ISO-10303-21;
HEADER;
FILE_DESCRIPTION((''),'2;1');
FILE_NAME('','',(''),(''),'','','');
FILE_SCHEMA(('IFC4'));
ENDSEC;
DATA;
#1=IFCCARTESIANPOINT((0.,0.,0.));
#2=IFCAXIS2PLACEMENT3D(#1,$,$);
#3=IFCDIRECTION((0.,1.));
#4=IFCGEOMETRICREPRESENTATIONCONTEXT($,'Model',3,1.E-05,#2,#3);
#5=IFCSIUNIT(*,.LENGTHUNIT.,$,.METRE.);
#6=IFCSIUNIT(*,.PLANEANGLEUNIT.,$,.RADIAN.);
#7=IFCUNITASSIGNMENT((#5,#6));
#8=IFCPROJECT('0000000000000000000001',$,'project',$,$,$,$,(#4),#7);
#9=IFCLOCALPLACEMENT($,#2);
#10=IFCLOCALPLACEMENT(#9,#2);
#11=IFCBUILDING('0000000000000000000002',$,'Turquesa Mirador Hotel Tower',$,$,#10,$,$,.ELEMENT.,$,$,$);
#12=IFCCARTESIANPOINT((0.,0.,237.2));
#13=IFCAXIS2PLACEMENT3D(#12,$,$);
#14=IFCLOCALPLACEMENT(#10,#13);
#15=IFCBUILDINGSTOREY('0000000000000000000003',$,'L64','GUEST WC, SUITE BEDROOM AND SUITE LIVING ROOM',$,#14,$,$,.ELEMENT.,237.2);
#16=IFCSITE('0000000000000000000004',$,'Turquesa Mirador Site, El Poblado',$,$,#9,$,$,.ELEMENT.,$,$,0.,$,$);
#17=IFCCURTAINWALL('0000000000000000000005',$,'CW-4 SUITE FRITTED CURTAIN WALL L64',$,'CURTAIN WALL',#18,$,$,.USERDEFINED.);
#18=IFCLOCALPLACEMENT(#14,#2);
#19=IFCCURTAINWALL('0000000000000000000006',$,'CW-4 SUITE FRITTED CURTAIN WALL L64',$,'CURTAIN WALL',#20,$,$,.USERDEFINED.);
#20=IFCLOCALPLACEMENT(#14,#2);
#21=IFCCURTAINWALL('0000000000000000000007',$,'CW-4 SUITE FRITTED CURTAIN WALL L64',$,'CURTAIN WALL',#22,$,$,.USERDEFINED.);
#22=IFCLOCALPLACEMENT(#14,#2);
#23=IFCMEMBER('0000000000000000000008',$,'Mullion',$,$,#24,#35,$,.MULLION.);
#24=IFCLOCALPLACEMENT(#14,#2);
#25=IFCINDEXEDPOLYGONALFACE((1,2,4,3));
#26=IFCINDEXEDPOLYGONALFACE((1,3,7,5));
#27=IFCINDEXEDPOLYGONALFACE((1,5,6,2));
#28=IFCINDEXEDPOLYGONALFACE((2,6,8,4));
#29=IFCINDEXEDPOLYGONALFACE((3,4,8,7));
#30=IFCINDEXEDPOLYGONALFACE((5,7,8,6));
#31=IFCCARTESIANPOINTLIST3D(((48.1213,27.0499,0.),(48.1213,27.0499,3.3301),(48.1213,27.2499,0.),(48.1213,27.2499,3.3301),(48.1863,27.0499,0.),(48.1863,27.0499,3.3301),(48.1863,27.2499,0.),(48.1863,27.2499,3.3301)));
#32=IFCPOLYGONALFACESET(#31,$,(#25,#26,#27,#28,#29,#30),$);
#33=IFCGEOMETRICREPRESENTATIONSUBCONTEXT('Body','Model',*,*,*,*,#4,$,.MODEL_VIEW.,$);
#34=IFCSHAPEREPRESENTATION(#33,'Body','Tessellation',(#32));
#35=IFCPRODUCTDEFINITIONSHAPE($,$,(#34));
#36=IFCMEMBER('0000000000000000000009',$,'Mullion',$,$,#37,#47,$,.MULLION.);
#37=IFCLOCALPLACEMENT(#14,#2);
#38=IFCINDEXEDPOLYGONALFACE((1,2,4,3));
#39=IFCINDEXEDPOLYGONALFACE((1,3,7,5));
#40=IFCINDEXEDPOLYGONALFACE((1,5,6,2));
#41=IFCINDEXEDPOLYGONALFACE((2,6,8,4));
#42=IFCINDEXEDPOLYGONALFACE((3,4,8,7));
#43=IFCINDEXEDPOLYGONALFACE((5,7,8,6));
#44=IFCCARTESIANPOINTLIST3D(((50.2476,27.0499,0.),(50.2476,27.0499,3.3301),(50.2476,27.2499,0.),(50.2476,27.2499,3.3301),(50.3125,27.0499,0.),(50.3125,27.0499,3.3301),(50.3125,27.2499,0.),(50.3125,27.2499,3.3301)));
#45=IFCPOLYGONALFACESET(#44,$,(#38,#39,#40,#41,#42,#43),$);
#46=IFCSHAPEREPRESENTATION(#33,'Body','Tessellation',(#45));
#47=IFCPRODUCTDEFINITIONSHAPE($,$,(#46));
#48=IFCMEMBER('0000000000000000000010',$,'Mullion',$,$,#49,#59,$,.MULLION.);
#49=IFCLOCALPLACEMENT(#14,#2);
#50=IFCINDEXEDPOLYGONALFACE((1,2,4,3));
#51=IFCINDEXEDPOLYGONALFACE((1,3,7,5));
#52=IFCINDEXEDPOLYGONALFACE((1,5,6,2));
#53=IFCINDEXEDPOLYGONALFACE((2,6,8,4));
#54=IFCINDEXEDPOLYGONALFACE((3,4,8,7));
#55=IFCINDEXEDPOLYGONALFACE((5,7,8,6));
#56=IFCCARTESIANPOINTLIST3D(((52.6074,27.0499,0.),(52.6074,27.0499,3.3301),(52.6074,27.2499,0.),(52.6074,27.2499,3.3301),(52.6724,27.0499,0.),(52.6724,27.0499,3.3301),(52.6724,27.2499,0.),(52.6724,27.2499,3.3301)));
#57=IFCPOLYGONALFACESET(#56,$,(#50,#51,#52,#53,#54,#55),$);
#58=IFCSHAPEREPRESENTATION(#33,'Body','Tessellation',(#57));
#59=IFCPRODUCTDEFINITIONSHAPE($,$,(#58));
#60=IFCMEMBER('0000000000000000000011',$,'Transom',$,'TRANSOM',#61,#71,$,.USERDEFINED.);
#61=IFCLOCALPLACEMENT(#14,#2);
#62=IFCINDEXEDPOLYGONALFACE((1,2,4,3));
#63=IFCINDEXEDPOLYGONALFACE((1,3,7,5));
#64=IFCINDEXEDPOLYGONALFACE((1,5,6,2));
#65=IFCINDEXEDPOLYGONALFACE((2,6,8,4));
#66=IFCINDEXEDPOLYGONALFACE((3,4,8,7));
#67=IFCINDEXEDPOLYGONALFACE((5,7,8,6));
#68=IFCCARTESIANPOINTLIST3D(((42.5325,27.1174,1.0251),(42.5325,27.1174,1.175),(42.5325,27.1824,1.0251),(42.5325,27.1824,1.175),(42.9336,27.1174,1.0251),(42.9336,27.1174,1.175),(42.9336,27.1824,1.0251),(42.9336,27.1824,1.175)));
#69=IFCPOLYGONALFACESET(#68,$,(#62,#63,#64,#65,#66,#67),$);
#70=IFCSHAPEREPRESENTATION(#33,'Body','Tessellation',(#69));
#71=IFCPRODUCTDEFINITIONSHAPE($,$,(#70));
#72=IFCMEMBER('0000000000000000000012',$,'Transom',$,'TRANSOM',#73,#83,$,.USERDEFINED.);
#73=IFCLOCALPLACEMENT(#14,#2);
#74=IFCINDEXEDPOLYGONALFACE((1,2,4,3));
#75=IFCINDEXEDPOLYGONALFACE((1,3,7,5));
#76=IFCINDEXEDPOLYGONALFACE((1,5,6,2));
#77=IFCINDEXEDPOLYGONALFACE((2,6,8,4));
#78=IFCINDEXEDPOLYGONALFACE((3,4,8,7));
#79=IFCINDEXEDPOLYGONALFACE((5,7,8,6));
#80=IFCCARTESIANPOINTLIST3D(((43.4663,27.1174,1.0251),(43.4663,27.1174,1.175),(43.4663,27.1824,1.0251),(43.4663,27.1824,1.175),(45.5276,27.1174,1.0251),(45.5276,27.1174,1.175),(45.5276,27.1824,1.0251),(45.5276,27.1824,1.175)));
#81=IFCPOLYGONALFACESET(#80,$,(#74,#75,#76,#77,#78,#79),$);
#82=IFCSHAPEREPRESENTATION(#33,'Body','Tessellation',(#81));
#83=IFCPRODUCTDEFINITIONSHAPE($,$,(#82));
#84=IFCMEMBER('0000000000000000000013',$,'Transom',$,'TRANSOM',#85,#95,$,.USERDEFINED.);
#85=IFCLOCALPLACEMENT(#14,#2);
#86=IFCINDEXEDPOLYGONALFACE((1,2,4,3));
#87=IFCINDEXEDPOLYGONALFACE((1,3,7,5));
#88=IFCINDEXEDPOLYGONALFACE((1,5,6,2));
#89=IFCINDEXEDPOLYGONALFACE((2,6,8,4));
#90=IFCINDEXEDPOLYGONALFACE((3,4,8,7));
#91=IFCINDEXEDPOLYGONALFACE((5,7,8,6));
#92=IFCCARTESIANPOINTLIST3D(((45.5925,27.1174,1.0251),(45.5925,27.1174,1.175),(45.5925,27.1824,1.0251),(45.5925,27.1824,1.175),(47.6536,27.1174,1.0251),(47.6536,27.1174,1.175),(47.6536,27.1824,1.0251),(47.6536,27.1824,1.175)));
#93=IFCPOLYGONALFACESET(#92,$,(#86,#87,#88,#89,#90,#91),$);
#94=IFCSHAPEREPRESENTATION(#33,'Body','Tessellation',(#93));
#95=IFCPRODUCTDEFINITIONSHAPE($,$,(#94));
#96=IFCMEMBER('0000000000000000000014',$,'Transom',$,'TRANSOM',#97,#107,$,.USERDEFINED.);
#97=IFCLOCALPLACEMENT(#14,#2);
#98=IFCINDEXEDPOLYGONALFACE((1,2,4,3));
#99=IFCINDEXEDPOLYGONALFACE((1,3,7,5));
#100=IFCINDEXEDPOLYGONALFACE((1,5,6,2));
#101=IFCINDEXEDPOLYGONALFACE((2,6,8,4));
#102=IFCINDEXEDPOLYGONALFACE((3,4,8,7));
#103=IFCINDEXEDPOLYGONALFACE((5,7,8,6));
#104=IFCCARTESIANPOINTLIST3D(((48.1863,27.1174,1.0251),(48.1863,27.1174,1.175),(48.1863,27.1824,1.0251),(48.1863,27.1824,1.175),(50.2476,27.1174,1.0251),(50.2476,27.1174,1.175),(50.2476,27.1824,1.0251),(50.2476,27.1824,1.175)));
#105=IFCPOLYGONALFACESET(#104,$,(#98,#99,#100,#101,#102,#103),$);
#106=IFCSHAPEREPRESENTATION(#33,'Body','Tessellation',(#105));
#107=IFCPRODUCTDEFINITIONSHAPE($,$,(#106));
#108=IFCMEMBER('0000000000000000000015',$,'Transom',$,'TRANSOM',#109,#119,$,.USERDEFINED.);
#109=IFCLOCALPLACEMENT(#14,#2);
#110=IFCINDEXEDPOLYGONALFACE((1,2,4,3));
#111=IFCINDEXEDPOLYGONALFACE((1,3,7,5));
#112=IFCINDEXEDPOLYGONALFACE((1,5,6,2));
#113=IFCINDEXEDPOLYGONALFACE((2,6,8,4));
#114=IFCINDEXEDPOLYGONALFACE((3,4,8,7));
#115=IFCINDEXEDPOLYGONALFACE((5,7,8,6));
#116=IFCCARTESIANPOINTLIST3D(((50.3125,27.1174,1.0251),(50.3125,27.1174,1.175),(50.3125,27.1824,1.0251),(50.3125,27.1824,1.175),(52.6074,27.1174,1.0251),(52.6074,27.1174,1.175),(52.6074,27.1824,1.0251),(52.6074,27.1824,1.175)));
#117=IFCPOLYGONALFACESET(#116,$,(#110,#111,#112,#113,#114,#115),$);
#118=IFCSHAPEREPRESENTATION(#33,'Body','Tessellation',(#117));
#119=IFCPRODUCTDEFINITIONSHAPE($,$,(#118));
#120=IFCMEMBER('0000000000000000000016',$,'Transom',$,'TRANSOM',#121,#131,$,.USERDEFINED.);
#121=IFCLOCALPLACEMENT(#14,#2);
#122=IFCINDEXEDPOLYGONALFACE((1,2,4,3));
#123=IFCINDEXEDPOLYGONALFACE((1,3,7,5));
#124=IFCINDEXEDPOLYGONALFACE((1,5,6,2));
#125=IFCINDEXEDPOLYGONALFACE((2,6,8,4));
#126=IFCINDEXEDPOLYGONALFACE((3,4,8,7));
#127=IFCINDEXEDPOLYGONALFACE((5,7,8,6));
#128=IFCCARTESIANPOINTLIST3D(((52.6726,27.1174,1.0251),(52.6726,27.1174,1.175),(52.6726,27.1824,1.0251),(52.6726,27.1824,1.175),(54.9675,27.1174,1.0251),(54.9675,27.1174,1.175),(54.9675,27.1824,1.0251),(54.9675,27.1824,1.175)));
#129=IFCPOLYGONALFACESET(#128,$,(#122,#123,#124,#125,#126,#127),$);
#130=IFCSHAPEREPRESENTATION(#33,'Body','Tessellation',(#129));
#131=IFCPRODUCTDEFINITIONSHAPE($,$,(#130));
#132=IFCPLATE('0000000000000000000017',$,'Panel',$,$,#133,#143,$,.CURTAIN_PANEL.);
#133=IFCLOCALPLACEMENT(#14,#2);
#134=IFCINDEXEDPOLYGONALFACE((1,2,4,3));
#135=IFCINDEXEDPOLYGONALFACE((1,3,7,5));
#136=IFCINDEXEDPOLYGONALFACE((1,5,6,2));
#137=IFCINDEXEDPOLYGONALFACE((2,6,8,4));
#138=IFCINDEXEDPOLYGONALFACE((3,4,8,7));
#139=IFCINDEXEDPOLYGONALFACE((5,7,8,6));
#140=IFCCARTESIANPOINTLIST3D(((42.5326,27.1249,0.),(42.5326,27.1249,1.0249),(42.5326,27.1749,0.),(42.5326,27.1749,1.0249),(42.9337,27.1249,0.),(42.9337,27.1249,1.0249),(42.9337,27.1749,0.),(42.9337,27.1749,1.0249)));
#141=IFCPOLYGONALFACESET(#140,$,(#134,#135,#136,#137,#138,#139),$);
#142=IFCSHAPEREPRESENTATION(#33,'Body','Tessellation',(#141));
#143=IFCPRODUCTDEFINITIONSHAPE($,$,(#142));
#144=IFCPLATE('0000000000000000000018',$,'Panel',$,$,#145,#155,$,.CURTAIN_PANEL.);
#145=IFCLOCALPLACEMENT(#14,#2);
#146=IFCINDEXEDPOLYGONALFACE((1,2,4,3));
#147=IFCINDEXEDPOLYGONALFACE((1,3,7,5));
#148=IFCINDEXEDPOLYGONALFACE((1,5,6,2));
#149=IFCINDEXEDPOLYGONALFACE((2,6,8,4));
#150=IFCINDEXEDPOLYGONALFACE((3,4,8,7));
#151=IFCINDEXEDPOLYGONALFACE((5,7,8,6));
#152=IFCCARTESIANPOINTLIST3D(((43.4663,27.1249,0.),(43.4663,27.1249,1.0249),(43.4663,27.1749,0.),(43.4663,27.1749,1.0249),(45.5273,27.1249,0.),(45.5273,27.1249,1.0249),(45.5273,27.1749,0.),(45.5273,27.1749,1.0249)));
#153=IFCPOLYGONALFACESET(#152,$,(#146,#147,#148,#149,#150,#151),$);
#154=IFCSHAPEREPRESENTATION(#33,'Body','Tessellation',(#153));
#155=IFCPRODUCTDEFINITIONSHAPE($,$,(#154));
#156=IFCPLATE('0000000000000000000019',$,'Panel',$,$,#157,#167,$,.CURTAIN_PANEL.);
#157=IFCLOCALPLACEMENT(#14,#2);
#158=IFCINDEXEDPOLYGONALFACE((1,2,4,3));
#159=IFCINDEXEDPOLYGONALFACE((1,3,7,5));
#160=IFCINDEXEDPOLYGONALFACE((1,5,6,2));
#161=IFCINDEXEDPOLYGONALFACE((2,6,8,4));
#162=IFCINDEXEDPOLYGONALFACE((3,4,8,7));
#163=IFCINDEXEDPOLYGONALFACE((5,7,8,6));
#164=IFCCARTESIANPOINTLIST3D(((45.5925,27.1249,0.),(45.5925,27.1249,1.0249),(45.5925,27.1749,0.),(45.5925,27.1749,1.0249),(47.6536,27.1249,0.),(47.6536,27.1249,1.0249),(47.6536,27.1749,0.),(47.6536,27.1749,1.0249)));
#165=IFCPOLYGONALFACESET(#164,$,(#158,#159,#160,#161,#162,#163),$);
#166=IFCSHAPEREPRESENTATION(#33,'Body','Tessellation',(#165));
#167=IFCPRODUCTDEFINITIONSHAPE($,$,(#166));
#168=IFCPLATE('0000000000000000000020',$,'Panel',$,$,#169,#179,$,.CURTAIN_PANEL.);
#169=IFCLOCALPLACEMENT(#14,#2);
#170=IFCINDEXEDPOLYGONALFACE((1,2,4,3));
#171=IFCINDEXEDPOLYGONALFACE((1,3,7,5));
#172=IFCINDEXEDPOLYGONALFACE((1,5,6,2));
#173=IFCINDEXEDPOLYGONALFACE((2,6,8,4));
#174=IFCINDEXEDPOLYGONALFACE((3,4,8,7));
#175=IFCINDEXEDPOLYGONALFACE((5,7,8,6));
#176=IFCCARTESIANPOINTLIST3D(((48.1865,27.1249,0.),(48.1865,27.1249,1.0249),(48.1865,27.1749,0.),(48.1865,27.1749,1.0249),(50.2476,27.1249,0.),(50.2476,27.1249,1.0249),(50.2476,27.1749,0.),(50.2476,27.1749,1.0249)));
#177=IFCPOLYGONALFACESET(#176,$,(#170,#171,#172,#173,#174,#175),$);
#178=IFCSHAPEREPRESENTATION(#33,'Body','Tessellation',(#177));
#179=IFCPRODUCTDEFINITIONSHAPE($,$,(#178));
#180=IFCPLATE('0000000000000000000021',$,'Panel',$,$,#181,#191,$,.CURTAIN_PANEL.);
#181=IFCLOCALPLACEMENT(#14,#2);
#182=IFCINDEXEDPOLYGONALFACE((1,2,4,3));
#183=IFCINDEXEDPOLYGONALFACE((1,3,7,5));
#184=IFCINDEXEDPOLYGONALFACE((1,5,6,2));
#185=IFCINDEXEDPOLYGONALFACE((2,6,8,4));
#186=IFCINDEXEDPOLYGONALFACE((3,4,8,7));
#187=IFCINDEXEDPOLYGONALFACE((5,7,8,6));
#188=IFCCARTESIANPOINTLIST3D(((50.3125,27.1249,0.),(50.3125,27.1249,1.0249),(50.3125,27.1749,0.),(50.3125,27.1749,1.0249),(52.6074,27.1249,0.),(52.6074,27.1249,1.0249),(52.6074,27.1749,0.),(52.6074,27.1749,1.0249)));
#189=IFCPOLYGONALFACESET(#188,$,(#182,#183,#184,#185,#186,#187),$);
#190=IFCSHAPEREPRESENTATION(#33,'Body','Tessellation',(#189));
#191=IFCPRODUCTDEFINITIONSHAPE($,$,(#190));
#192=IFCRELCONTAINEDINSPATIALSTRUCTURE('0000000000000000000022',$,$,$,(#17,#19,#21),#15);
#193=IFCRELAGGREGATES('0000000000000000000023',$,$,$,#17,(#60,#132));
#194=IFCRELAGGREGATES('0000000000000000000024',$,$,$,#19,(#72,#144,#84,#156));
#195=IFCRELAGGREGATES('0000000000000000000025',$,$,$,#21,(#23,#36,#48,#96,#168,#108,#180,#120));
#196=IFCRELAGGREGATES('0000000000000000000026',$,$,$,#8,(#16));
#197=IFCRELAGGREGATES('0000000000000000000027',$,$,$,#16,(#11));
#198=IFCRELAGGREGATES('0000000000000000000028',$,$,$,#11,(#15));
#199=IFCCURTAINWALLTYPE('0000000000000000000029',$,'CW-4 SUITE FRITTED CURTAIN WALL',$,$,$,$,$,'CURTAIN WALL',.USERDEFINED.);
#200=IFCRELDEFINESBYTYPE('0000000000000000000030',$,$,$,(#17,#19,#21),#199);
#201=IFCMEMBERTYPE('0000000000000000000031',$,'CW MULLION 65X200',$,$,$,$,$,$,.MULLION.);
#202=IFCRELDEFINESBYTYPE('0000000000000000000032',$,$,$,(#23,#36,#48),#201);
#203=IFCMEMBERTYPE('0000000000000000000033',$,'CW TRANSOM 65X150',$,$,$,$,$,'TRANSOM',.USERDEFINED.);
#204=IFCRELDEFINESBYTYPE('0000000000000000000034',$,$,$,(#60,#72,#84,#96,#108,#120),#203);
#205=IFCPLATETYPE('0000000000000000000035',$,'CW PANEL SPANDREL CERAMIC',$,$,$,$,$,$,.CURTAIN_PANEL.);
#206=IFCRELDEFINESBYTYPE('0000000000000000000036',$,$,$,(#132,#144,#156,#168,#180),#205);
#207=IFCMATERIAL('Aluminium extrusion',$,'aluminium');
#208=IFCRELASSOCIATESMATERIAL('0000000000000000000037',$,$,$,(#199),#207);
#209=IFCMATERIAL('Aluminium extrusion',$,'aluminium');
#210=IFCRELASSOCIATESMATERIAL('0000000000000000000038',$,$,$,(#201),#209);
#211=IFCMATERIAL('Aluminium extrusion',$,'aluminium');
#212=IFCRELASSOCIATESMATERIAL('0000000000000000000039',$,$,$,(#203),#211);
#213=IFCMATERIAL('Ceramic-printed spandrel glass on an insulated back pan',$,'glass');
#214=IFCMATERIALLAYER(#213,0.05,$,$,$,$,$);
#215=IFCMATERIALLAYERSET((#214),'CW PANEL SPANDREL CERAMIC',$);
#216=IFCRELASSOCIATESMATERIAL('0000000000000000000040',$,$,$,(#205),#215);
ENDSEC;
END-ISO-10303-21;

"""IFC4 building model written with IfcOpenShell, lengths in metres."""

from ifc_helpers import new_model, si_unit, direction, frame, origin, origin_2d, place, context, subcontext, project, spatial, rectangle, extrude, material, layer, layer_set, material_profile, profile_set, type_object, element, aggregate, save


model = new_model("IFC4")

# Units and contexts
model_context = context("Model", 3, precision=1e-05, world=origin(), true_north=direction((0.0, 1.0)))
body_context = subcontext(model_context, "Body", "Model", "MODEL_VIEW")
ifc_project = project(units=[si_unit("LENGTHUNIT", "METRE"), si_unit("PLANEANGLEUNIT", "RADIAN")], contexts=[model_context])

# Site, building, storey
site_placement = place(None, origin())
site = spatial("IfcSite", under=ifc_project, at=site_placement, Name="Turquesa Mirador Site, El Poblado", CompositionType="ELEMENT", RefElevation=0.0)
building_placement = place(site_placement, origin())
building = spatial("IfcBuilding", under=site, at=building_placement, Name="Turquesa Mirador Hotel Tower", CompositionType="ELEMENT")
storey_placement = place(building_placement, frame((0.0, 0.0, 237.2)))
storey = spatial("IfcBuildingStorey", under=building, at=storey_placement, Name="L64", Description="GUEST WC, SUITE BEDROOM AND SUITE LIVING ROOM", CompositionType="ELEMENT", Elevation=237.2)

# Curtain walls, members
ifc_material_1 = material(Name="Aluminium extrusion", Category="aluminium")
curtain_wall_type = type_object("IfcCurtainWallType", Name="CW-4 SUITE FRITTED CURTAIN WALL", ElementType="CURTAIN WALL", PredefinedType="USERDEFINED", material=ifc_material_1)
curtain_wall_1_placement = place(storey_placement, origin())
curtain_wall_1 = element("IfcCurtainWall", 1, at=curtain_wall_1_placement, inside=storey, type_object=curtain_wall_type, Name="CW-4 SUITE FRITTED CURTAIN WALL L64", ObjectType="CURTAIN WALL", PredefinedType="USERDEFINED")
ifc_material_2 = material(Name="Aluminium extrusion", Category="aluminium")
ifc_material_profile_1 = material_profile(ifc_material_2, rectangle(XDim=0.0649, YDim=0.2, at=origin_2d()), Name="MULLION 65X200")
ifc_profile_set_1 = profile_set([ifc_material_profile_1], Name="Aluminium extrusion")
member_type_1 = type_object("IfcMemberType", Name="CW MULLION 65X200", PredefinedType="MULLION", material=ifc_profile_set_1)
curtain_wall_2_placement = place(storey_placement, origin())
curtain_wall_2 = element("IfcCurtainWall", 2, at=curtain_wall_2_placement, inside=storey, type_object=curtain_wall_type, Name="CW-4 SUITE FRITTED CURTAIN WALL L64", ObjectType="CURTAIN WALL", PredefinedType="USERDEFINED")
curtain_wall_3_placement = place(storey_placement, origin())
curtain_wall_3 = element("IfcCurtainWall", 3, at=curtain_wall_3_placement, inside=storey, type_object=curtain_wall_type, Name="CW-4 SUITE FRITTED CURTAIN WALL L64", ObjectType="CURTAIN WALL", PredefinedType="USERDEFINED")
member_1_placement = place(storey_placement, frame((48.1538, 27.1499, 0.0), z_axis=(0.0, 0.0, 1.0), x_axis=(1.0, 0.0, 0.0)))
member_1 = element("IfcMember", 4, at=member_1_placement, type_object=member_type_1, Name="Mullion", PredefinedType="MULLION", context=body_context, shape_type="SweptSolid", body=[
    extrude(rectangle(XDim=0.0649, YDim=0.2, at=origin_2d()), origin(), (0.0, 0.0, 1.0), 3.3301),
])
member_2_placement = place(storey_placement, frame((50.28, 27.1499, 0.0), z_axis=(0.0, 0.0, 1.0), x_axis=(1.0, 0.0, 0.0)))
member_2 = element("IfcMember", 5, at=member_2_placement, type_object=member_type_1, Name="Mullion", PredefinedType="MULLION", context=body_context, shape_type="SweptSolid", body=[
    extrude(rectangle(XDim=0.0649, YDim=0.2, at=origin_2d()), origin(), (0.0, 0.0, 1.0), 3.3301),
])
member_3_placement = place(storey_placement, frame((52.6399, 27.1499, 0.0), z_axis=(0.0, 0.0, 1.0), x_axis=(1.0, 0.0, 0.0)))
member_3 = element("IfcMember", 6, at=member_3_placement, type_object=member_type_1, Name="Mullion", PredefinedType="MULLION", context=body_context, shape_type="SweptSolid", body=[
    extrude(rectangle(XDim=0.0649, YDim=0.2, at=origin_2d()), origin(), (0.0, 0.0, 1.0), 3.3301),
])

# Members
ifc_material_3 = material(Name="Aluminium extrusion", Category="aluminium")
ifc_material_profile_2 = material_profile(ifc_material_3, rectangle(XDim=0.0649, YDim=0.1499, at=origin_2d()), Name="TRANSOM 65X150")
ifc_profile_set_2 = profile_set([ifc_material_profile_2], Name="Aluminium extrusion")
member_type_2 = type_object("IfcMemberType", Name="CW TRANSOM 65X150", ElementType="TRANSOM", PredefinedType="USERDEFINED", material=ifc_profile_set_2)
member_4_placement = place(storey_placement, frame((42.5325, 27.1499, 1.1001), z_axis=(1.0, 0.0, 0.0), x_axis=(0.0, 1.0, 0.0)))
member_4 = element("IfcMember", 7, at=member_4_placement, type_object=member_type_2, Name="Transom", ObjectType="TRANSOM", PredefinedType="USERDEFINED", context=body_context, shape_type="SweptSolid", body=[
    extrude(rectangle(XDim=0.0649, YDim=0.1499, at=origin_2d()), origin(), (0.0, 0.0, 1.0), 0.4011),
])
member_5_placement = place(storey_placement, frame((43.4663, 27.1499, 1.1001), z_axis=(1.0, 0.0, 0.0), x_axis=(0.0, 1.0, 0.0)))
member_5 = element("IfcMember", 8, at=member_5_placement, type_object=member_type_2, Name="Transom", ObjectType="TRANSOM", PredefinedType="USERDEFINED", context=body_context, shape_type="SweptSolid", body=[
    extrude(rectangle(XDim=0.0649, YDim=0.1499, at=origin_2d()), origin(), (0.0, 0.0, 1.0), 2.0613),
])
member_6_placement = place(storey_placement, frame((45.5925, 27.1499, 1.1001), z_axis=(1.0, 0.0, 0.0), x_axis=(0.0, 1.0, 0.0)))
member_6 = element("IfcMember", 9, at=member_6_placement, type_object=member_type_2, Name="Transom", ObjectType="TRANSOM", PredefinedType="USERDEFINED", context=body_context, shape_type="SweptSolid", body=[
    extrude(rectangle(XDim=0.0649, YDim=0.1499, at=origin_2d()), origin(), (0.0, 0.0, 1.0), 2.061),
])
member_7_placement = place(storey_placement, frame((48.1863, 27.1499, 1.1001), z_axis=(1.0, 0.0, 0.0), x_axis=(0.0, 1.0, 0.0)))
member_7 = element("IfcMember", 10, at=member_7_placement, type_object=member_type_2, Name="Transom", ObjectType="TRANSOM", PredefinedType="USERDEFINED", context=body_context, shape_type="SweptSolid", body=[
    extrude(rectangle(XDim=0.0649, YDim=0.1499, at=origin_2d()), origin(), (0.0, 0.0, 1.0), 2.0613),
])
member_8_placement = place(storey_placement, frame((50.3125, 27.1499, 1.1001), z_axis=(1.0, 0.0, 0.0), x_axis=(0.0, 1.0, 0.0)))
member_8 = element("IfcMember", 11, at=member_8_placement, type_object=member_type_2, Name="Transom", ObjectType="TRANSOM", PredefinedType="USERDEFINED", context=body_context, shape_type="SweptSolid", body=[
    extrude(rectangle(XDim=0.0649, YDim=0.1499, at=origin_2d()), origin(), (0.0, 0.0, 1.0), 2.2949),
])
member_9_placement = place(storey_placement, frame((52.6726, 27.1499, 1.1001), z_axis=(1.0, 0.0, 0.0), x_axis=(0.0, 1.0, 0.0)))
member_9 = element("IfcMember", 12, at=member_9_placement, type_object=member_type_2, Name="Transom", ObjectType="TRANSOM", PredefinedType="USERDEFINED", context=body_context, shape_type="SweptSolid", body=[
    extrude(rectangle(XDim=0.0649, YDim=0.1499, at=origin_2d()), origin(), (0.0, 0.0, 1.0), 2.2949),
])

# Plates
ifc_material_4 = material(Name="Ceramic-printed spandrel glass on an insulated back pan", Category="glass")
ifc_layer_1 = layer(ifc_material_4, 0.05)
ifc_layer_set_1 = layer_set([ifc_layer_1], Name="CW PANEL SPANDREL CERAMIC")
plate_type_1 = type_object("IfcPlateType", Name="CW PANEL SPANDREL CERAMIC", PredefinedType="CURTAIN_PANEL", material=ifc_layer_set_1)
plate_1_placement = place(storey_placement, frame((42.7332, 27.1499, 0.0), z_axis=(0.0, 0.0, 1.0), x_axis=(1.0, 0.0, 0.0)))
plate_1 = element("IfcPlate", 13, at=plate_1_placement, type_object=plate_type_1, Name="Panel", PredefinedType="CURTAIN_PANEL", context=body_context, shape_type="SweptSolid", body=[
    extrude(rectangle(XDim=0.4011, YDim=0.05, at=origin_2d()), origin(), (0.0, 0.0, 1.0), 1.0249),
])
plate_2_placement = place(storey_placement, frame((44.4968, 27.1499, 0.0), z_axis=(0.0, 0.0, 1.0), x_axis=(1.0, 0.0, 0.0)))
plate_2 = element("IfcPlate", 14, at=plate_2_placement, type_object=plate_type_1, Name="Panel", PredefinedType="CURTAIN_PANEL", context=body_context, shape_type="SweptSolid", body=[
    extrude(rectangle(XDim=2.061, YDim=0.05, at=origin_2d()), origin(), (0.0, 0.0, 1.0), 1.0249),
])
plate_3_placement = place(storey_placement, frame((46.623, 27.1499, 0.0), z_axis=(0.0, 0.0, 1.0), x_axis=(1.0, 0.0, 0.0)))
plate_3 = element("IfcPlate", 15, at=plate_3_placement, type_object=plate_type_1, Name="Panel", PredefinedType="CURTAIN_PANEL", context=body_context, shape_type="SweptSolid", body=[
    extrude(rectangle(XDim=2.061, YDim=0.05, at=origin_2d()), origin(), (0.0, 0.0, 1.0), 1.0249),
])
plate_4_placement = place(storey_placement, frame((49.217, 27.1499, 0.0), z_axis=(0.0, 0.0, 1.0), x_axis=(1.0, 0.0, 0.0)))
plate_4 = element("IfcPlate", 16, at=plate_4_placement, type_object=plate_type_1, Name="Panel", PredefinedType="CURTAIN_PANEL", context=body_context, shape_type="SweptSolid", body=[
    extrude(rectangle(XDim=2.061, YDim=0.05, at=origin_2d()), origin(), (0.0, 0.0, 1.0), 1.0249),
])
plate_5_placement = place(storey_placement, frame((51.46, 27.1499, 0.0), z_axis=(0.0, 0.0, 1.0), x_axis=(1.0, 0.0, 0.0)))
plate_5 = element("IfcPlate", 17, at=plate_5_placement, type_object=plate_type_1, Name="Panel", PredefinedType="CURTAIN_PANEL", context=body_context, shape_type="SweptSolid", body=[
    extrude(rectangle(XDim=2.2949, YDim=0.05, at=origin_2d()), origin(), (0.0, 0.0, 1.0), 1.0249),
])
aggregate(curtain_wall_1, [member_4, plate_1])
aggregate(curtain_wall_2, [member_5, plate_2, member_6, plate_3])
aggregate(curtain_wall_3, [member_1, member_2, member_3, member_7, plate_4, member_8, plate_5, member_9])

save(model, "model.ifc")
